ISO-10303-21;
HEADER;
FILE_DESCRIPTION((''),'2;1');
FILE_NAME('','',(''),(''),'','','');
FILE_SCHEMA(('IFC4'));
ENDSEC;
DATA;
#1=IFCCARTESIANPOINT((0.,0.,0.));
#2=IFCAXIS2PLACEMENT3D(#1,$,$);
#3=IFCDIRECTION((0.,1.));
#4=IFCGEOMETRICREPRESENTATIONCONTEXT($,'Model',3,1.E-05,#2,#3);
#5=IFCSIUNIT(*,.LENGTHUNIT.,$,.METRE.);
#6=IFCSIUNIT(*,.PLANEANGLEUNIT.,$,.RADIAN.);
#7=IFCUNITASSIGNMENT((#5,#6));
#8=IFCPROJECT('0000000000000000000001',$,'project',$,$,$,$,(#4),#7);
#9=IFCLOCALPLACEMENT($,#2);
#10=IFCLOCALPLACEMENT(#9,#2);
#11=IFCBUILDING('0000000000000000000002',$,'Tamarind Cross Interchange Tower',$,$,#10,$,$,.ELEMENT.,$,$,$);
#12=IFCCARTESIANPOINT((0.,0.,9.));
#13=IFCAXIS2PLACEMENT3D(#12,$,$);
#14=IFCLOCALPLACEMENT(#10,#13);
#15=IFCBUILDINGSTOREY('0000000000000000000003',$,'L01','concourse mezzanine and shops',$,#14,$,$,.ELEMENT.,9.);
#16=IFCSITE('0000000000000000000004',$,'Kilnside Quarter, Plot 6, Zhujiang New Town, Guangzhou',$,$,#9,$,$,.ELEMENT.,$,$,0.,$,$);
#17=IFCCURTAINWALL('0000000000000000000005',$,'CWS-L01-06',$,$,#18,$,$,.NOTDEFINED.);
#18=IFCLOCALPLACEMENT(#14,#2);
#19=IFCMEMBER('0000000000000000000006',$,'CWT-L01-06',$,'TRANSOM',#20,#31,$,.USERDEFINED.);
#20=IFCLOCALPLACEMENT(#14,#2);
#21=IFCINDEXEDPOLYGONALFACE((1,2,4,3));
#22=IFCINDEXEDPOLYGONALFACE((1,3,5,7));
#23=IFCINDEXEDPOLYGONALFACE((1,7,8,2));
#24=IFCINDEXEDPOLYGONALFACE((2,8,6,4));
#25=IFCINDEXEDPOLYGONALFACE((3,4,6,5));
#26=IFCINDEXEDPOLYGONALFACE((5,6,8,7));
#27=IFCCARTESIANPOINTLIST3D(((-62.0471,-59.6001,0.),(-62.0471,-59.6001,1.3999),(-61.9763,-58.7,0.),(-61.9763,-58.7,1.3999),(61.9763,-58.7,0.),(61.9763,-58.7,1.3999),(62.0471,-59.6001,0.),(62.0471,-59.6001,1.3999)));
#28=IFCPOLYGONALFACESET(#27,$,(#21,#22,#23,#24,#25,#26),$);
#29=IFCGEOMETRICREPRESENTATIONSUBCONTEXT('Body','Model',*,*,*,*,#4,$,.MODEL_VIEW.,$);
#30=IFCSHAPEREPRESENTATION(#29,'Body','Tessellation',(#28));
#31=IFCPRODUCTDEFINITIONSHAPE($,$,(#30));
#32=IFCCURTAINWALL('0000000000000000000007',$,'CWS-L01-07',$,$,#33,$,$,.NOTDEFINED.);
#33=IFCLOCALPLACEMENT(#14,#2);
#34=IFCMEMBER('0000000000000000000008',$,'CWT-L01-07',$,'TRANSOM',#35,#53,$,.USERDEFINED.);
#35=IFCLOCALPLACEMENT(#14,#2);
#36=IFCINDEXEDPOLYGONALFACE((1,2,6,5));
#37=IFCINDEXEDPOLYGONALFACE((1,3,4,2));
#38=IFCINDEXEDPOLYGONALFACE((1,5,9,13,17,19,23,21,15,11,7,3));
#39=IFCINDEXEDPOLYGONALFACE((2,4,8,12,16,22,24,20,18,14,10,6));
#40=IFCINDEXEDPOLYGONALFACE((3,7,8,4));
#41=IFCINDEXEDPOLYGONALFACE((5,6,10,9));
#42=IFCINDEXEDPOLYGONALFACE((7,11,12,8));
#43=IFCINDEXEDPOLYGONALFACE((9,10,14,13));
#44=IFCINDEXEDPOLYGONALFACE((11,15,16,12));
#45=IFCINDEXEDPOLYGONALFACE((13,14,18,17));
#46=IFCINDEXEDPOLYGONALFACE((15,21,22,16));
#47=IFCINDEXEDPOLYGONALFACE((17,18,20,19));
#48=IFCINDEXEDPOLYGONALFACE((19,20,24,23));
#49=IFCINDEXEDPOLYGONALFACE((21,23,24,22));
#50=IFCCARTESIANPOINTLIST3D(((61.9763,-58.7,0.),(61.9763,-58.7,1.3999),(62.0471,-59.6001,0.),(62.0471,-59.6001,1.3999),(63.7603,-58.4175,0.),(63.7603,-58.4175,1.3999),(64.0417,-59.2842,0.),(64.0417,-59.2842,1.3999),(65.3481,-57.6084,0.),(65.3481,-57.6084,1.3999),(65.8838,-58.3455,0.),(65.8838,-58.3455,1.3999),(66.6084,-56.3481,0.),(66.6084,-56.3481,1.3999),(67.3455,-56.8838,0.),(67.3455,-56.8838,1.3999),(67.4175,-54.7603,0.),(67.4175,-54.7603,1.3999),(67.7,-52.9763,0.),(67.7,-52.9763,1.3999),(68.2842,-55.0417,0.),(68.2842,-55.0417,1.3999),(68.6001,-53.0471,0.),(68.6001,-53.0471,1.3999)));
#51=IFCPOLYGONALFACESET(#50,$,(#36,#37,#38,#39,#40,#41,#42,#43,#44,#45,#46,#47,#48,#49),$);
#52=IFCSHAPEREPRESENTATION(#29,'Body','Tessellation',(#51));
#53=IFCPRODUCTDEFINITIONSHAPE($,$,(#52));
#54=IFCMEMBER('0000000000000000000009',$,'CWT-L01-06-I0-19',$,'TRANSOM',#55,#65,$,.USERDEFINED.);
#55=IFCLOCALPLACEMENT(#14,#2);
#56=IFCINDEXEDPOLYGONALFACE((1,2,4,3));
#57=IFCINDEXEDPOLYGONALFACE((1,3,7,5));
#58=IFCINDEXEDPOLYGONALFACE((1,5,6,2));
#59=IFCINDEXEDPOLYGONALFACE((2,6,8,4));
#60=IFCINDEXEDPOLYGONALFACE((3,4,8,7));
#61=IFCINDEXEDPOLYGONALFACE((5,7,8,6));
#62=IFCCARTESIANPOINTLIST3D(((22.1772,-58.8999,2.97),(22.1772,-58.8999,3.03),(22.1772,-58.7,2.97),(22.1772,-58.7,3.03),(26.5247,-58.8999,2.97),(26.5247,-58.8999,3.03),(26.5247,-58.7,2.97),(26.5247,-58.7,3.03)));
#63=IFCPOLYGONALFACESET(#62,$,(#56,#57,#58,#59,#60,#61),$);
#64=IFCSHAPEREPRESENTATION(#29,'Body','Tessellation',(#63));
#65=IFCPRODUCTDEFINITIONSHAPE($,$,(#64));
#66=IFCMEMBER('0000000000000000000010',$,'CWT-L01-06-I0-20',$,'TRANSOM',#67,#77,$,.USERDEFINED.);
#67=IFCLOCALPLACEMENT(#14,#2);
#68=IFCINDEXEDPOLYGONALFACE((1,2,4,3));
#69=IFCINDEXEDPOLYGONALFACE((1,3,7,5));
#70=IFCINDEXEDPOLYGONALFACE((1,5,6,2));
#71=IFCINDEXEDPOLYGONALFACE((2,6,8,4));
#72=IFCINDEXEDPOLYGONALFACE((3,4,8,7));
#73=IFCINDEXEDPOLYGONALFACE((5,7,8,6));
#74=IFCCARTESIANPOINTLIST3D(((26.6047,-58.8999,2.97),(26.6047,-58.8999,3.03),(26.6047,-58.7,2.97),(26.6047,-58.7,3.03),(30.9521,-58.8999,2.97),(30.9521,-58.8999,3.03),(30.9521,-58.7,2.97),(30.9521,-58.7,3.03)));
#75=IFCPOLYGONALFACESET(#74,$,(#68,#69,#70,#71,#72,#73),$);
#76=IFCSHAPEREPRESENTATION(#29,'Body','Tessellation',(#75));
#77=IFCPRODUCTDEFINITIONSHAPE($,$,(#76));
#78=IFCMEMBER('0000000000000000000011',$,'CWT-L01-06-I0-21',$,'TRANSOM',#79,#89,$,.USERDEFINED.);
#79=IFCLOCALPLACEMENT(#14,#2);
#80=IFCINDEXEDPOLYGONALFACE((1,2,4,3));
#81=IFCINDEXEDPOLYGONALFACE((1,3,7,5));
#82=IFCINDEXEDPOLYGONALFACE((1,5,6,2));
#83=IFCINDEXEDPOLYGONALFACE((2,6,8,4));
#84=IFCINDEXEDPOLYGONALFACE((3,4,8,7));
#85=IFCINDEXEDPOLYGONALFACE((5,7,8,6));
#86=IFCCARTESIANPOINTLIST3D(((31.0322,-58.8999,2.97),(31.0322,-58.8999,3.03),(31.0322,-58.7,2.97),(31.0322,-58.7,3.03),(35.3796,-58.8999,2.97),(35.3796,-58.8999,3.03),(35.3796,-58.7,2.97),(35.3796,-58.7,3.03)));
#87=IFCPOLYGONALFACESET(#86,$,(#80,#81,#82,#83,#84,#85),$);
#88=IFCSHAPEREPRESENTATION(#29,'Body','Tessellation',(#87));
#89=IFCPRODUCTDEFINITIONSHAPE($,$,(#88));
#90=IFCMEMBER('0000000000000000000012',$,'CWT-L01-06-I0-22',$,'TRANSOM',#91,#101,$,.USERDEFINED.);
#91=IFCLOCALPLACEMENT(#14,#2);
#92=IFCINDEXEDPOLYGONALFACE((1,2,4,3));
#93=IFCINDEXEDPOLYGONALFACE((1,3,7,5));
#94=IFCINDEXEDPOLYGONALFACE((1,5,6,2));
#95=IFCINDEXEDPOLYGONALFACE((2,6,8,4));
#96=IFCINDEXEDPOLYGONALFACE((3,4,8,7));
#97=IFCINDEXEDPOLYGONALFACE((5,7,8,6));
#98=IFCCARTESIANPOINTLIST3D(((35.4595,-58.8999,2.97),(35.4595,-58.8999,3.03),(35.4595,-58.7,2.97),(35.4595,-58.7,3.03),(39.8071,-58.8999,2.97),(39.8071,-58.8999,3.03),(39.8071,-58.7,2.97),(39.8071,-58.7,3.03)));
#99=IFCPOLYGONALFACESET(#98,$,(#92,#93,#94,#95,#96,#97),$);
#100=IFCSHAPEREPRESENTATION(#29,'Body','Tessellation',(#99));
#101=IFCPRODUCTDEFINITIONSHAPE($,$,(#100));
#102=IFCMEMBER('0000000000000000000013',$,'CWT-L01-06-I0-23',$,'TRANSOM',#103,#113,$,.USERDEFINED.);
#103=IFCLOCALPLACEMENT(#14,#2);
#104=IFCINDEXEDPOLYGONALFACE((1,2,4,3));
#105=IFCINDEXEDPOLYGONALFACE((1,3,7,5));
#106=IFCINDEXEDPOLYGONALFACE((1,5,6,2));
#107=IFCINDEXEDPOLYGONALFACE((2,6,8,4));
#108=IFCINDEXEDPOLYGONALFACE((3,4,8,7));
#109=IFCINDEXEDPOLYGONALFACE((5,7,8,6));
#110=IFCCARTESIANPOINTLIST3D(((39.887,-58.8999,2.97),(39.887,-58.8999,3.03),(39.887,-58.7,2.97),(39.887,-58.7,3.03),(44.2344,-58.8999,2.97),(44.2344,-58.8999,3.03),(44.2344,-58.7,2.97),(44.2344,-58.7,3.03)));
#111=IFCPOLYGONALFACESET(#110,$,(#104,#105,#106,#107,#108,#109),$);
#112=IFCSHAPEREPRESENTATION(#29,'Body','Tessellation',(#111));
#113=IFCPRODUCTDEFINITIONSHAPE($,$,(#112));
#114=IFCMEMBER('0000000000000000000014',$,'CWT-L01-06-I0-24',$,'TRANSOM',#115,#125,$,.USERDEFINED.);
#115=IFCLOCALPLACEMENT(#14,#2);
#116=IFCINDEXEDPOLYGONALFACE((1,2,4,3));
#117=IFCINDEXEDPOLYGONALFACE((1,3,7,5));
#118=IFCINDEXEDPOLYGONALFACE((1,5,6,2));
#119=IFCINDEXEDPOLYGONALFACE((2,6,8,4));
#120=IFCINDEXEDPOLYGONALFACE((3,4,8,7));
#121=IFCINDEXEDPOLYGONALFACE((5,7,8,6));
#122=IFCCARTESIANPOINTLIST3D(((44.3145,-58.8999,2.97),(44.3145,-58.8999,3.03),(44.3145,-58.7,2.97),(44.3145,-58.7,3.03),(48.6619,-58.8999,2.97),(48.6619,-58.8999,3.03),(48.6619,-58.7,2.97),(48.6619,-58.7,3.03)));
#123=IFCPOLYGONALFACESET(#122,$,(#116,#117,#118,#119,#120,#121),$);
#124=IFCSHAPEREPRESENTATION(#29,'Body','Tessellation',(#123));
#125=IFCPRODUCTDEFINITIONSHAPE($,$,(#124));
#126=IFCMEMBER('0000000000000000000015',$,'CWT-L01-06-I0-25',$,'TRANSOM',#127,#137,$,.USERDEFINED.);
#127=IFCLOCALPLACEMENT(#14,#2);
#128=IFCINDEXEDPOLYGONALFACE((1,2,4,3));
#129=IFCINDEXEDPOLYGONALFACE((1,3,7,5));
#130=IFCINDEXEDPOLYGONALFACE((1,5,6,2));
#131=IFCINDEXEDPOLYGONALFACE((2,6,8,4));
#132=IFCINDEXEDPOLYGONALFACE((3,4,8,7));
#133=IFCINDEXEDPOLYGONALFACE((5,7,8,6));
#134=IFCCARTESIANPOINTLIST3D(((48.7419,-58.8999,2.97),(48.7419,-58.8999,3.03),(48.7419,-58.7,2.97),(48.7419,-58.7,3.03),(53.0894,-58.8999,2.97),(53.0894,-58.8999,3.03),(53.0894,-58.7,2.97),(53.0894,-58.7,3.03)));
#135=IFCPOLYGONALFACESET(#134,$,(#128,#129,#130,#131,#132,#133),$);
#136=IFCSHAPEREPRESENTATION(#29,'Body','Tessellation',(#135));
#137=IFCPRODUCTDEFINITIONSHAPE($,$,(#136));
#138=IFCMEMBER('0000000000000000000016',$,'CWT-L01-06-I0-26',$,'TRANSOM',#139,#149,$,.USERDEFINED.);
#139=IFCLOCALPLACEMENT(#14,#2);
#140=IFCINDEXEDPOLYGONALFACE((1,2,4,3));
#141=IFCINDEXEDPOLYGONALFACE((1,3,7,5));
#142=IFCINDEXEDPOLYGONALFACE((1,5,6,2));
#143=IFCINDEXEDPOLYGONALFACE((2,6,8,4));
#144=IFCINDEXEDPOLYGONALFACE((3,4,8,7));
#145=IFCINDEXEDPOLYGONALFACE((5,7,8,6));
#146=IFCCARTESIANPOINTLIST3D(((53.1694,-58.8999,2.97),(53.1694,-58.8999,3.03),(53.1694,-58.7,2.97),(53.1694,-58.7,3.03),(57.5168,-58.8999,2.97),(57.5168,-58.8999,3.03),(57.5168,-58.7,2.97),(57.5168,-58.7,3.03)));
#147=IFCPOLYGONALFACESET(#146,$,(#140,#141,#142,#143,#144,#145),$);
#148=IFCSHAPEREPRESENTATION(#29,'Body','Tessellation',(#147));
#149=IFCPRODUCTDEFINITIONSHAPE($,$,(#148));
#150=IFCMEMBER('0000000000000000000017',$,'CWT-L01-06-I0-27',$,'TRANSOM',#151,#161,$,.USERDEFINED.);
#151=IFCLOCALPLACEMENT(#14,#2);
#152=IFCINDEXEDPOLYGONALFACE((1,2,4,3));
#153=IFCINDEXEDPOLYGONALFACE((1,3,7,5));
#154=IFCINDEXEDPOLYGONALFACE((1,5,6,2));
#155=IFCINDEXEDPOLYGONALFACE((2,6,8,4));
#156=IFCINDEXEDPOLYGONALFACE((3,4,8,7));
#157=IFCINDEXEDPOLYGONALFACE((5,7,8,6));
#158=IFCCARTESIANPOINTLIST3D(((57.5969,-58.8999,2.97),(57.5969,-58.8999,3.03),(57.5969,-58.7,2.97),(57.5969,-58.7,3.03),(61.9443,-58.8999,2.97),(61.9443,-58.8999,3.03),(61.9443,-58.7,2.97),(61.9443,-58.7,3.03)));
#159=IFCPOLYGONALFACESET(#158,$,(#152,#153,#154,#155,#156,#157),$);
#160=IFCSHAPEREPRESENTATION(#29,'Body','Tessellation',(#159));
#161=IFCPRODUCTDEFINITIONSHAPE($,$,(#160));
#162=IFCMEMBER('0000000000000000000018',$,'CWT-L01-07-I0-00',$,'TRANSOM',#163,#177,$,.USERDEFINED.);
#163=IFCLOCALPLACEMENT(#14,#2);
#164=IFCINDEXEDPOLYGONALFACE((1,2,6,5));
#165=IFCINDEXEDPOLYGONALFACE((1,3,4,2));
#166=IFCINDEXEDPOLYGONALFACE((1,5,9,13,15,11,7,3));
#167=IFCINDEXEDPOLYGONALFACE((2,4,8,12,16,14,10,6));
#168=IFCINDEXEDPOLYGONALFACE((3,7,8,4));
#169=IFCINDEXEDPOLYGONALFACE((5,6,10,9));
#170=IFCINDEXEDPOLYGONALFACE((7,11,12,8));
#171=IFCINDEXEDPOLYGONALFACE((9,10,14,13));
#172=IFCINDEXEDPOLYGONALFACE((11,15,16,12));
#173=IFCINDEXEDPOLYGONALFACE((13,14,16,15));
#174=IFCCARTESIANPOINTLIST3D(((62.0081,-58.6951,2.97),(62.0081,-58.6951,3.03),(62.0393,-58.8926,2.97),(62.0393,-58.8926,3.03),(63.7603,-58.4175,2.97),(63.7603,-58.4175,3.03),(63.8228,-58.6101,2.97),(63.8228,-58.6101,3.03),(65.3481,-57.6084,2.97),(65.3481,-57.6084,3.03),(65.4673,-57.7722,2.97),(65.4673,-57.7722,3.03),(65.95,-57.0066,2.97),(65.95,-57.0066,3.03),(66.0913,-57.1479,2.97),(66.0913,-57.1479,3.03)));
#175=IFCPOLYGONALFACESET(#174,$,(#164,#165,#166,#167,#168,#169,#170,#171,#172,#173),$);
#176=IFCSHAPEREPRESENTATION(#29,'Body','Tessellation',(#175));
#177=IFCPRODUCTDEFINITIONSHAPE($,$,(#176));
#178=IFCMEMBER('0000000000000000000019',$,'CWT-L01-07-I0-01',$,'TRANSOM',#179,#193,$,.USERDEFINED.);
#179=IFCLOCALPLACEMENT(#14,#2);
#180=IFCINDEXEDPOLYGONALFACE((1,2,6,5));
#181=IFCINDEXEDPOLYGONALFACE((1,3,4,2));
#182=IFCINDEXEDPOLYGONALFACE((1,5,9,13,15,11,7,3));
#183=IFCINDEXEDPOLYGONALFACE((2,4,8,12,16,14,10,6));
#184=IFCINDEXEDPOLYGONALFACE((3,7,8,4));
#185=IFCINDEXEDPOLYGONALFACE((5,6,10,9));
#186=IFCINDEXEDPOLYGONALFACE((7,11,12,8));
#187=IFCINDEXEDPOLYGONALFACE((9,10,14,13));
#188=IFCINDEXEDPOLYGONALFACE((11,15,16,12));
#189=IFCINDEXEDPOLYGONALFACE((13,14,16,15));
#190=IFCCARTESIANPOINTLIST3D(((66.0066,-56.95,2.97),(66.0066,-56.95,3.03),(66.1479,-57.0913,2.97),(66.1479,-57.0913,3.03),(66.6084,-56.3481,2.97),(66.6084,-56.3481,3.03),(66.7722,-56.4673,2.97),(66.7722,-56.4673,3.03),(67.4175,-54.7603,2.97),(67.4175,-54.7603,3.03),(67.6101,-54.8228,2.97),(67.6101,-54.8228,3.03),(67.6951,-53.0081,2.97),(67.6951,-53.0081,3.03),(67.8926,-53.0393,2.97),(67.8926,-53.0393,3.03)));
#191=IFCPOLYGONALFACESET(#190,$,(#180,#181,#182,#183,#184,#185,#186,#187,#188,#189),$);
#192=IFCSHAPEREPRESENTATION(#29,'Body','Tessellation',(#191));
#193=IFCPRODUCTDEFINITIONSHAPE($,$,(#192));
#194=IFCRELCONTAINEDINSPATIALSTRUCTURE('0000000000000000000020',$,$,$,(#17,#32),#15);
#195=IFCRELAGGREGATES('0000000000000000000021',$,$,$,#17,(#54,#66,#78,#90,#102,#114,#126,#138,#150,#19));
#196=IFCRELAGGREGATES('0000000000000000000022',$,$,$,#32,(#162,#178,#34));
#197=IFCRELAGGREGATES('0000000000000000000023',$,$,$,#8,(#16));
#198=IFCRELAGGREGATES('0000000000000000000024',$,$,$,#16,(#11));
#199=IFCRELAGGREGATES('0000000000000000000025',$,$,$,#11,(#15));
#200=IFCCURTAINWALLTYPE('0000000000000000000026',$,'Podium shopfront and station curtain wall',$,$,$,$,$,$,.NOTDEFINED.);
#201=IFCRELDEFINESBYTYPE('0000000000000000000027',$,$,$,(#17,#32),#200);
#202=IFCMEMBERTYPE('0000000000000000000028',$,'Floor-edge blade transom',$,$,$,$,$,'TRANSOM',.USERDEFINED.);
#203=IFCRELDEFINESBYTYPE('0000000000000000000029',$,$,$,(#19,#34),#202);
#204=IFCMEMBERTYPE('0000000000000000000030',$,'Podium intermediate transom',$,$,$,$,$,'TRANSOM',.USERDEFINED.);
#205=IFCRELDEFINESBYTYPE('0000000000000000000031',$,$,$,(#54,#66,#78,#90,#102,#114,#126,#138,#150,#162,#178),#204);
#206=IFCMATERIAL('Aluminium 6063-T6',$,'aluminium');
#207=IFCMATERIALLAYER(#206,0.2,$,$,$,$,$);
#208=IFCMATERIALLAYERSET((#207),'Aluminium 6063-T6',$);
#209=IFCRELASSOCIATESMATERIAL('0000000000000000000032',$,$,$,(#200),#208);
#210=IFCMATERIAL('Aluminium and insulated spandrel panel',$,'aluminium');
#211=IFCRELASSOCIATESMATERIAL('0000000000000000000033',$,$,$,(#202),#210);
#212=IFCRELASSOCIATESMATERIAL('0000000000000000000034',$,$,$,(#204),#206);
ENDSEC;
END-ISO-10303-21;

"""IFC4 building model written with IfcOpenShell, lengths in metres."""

from ifc_helpers import new_model, si_unit, direction, frame, origin, place, context, subcontext, project, spatial, polyline, outline, extrude, material, layer, layer_set, type_object, element, aggregate, save


model = new_model("IFC4")

# Units and contexts
model_context = context("Model", 3, precision=1e-05, world=origin(), true_north=direction((0.0, 1.0)))
body_context = subcontext(model_context, "Body", "Model", "MODEL_VIEW")
ifc_project = project(units=[si_unit("LENGTHUNIT", "METRE"), si_unit("PLANEANGLEUNIT", "RADIAN")], contexts=[model_context])

# Site, building, storey
site_placement = place(None, origin())
site = spatial("IfcSite", under=ifc_project, at=site_placement, Name="Kilnside Quarter, Plot 6, Zhujiang New Town, Guangzhou", CompositionType="ELEMENT", RefElevation=0.0)
building_placement = place(site_placement, origin())
building = spatial("IfcBuilding", under=site, at=building_placement, Name="Tamarind Cross Interchange Tower", CompositionType="ELEMENT")
storey_placement = place(building_placement, frame((0.0, 0.0, 9.0)))
storey = spatial("IfcBuildingStorey", under=building, at=storey_placement, Name="L01", Description="concourse mezzanine and shops", CompositionType="ELEMENT", Elevation=9.0)

# Curtain walls, members
ifc_material_1 = material(Name="Aluminium 6063-T6", Category="aluminium")
ifc_layer_1 = layer(ifc_material_1, 0.2)
ifc_layer_set_1 = layer_set([ifc_layer_1], Name="Aluminium 6063-T6")
curtain_wall_type = type_object("IfcCurtainWallType", Name="Podium shopfront and station curtain wall", PredefinedType="NOTDEFINED", material=ifc_layer_set_1)
curtain_wall_1_placement = place(storey_placement, origin())
curtain_wall_1 = element("IfcCurtainWall", 1, at=curtain_wall_1_placement, inside=storey, type_object=curtain_wall_type, Name="CWS-L01-06", PredefinedType="NOTDEFINED")
ifc_material_2 = material(Name="Aluminium and insulated spandrel panel", Category="aluminium")
member_type_1 = type_object("IfcMemberType", Name="Floor-edge blade transom", ElementType="TRANSOM", PredefinedType="USERDEFINED", material=ifc_material_2)
member_1_placement = place(storey_placement, origin())
member_1 = element("IfcMember", 2, at=member_1_placement, type_object=member_type_1, Name="CWT-L01-06", ObjectType="TRANSOM", PredefinedType="USERDEFINED", context=body_context, shape_type="SweptSolid", body=[
    extrude(outline(polyline([(-61.9763, -58.7), (61.9763, -58.7), (62.0471, -59.6001), (-62.0471, -59.6001), (-61.9763, -58.7)])), origin(), (0.0, 0.0, 1.0), 1.3999),
])
curtain_wall_2_placement = place(storey_placement, origin())
curtain_wall_2 = element("IfcCurtainWall", 3, at=curtain_wall_2_placement, inside=storey, type_object=curtain_wall_type, Name="CWS-L01-07", PredefinedType="NOTDEFINED")
member_2_placement = place(storey_placement, origin())
member_2 = element("IfcMember", 4, at=member_2_placement, type_object=member_type_1, Name="CWT-L01-07", ObjectType="TRANSOM", PredefinedType="USERDEFINED", context=body_context, shape_type="SweptSolid", body=[
    extrude(outline(polyline([(61.9763, -58.7), (63.7603, -58.4175), (65.3481, -57.6084), (66.6084, -56.3481), (67.4175, -54.7603), (67.7, -52.9763), (68.6001, -53.0471), (68.2842, -55.0417), (67.3455, -56.8838), (65.8838, -58.3455), (64.0417, -59.2842), (62.0471, -59.6001), (61.9763, -58.7)])), origin(), (0.0, 0.0, 1.0), 1.3999),
])

# Members
member_type_2 = type_object("IfcMemberType", Name="Podium intermediate transom", ElementType="TRANSOM", PredefinedType="USERDEFINED", material=ifc_material_1)
member_3_placement = place(storey_placement, frame((0.0, 0.0, 2.97)))
member_3 = element("IfcMember", 5, at=member_3_placement, type_object=member_type_2, Name="CWT-L01-06-I0-19", ObjectType="TRANSOM", PredefinedType="USERDEFINED", context=body_context, shape_type="SweptSolid", body=[
    extrude(outline(polyline([(22.1772, -58.7), (26.5247, -58.7), (26.5247, -58.8999), (22.1772, -58.8999), (22.1772, -58.7)])), origin(), (0.0, 0.0, 1.0), 0.0601),
])
member_4_placement = place(storey_placement, frame((0.0, 0.0, 2.97)))
member_4 = element("IfcMember", 6, at=member_4_placement, type_object=member_type_2, Name="CWT-L01-06-I0-20", ObjectType="TRANSOM", PredefinedType="USERDEFINED", context=body_context, shape_type="SweptSolid", body=[
    extrude(outline(polyline([(26.6047, -58.7), (30.9521, -58.7), (30.9521, -58.8999), (26.6047, -58.8999), (26.6047, -58.7)])), origin(), (0.0, 0.0, 1.0), 0.0601),
])
member_5_placement = place(storey_placement, frame((0.0, 0.0, 2.97)))
member_5 = element("IfcMember", 7, at=member_5_placement, type_object=member_type_2, Name="CWT-L01-06-I0-21", ObjectType="TRANSOM", PredefinedType="USERDEFINED", context=body_context, shape_type="SweptSolid", body=[
    extrude(outline(polyline([(31.0322, -58.7), (35.3796, -58.7), (35.3796, -58.8999), (31.0322, -58.8999), (31.0322, -58.7)])), origin(), (0.0, 0.0, 1.0), 0.0601),
])
member_6_placement = place(storey_placement, frame((0.0, 0.0, 2.97)))
member_6 = element("IfcMember", 8, at=member_6_placement, type_object=member_type_2, Name="CWT-L01-06-I0-22", ObjectType="TRANSOM", PredefinedType="USERDEFINED", context=body_context, shape_type="SweptSolid", body=[
    extrude(outline(polyline([(35.4595, -58.7), (39.8071, -58.7), (39.8071, -58.8999), (35.4595, -58.8999), (35.4595, -58.7)])), origin(), (0.0, 0.0, 1.0), 0.0601),
])
member_7_placement = place(storey_placement, frame((0.0, 0.0, 2.97)))
member_7 = element("IfcMember", 9, at=member_7_placement, type_object=member_type_2, Name="CWT-L01-06-I0-23", ObjectType="TRANSOM", PredefinedType="USERDEFINED", context=body_context, shape_type="SweptSolid", body=[
    extrude(outline(polyline([(39.887, -58.7), (44.2344, -58.7), (44.2344, -58.8999), (39.887, -58.8999), (39.887, -58.7)])), origin(), (0.0, 0.0, 1.0), 0.0601),
])
member_8_placement = place(storey_placement, frame((0.0, 0.0, 2.97)))
member_8 = element("IfcMember", 10, at=member_8_placement, type_object=member_type_2, Name="CWT-L01-06-I0-24", ObjectType="TRANSOM", PredefinedType="USERDEFINED", context=body_context, shape_type="SweptSolid", body=[
    extrude(outline(polyline([(44.3145, -58.7), (48.6619, -58.7), (48.6619, -58.8999), (44.3145, -58.8999), (44.3145, -58.7)])), origin(), (0.0, 0.0, 1.0), 0.0601),
])
member_9_placement = place(storey_placement, frame((0.0, 0.0, 2.97)))
member_9 = element("IfcMember", 11, at=member_9_placement, type_object=member_type_2, Name="CWT-L01-06-I0-25", ObjectType="TRANSOM", PredefinedType="USERDEFINED", context=body_context, shape_type="SweptSolid", body=[
    extrude(outline(polyline([(48.7419, -58.7), (53.0894, -58.7), (53.0894, -58.8999), (48.7419, -58.8999), (48.7419, -58.7)])), origin(), (0.0, 0.0, 1.0), 0.0601),
])
member_10_placement = place(storey_placement, frame((0.0, 0.0, 2.97)))
member_10 = element("IfcMember", 12, at=member_10_placement, type_object=member_type_2, Name="CWT-L01-06-I0-26", ObjectType="TRANSOM", PredefinedType="USERDEFINED", context=body_context, shape_type="SweptSolid", body=[
    extrude(outline(polyline([(53.1694, -58.7), (57.5168, -58.7), (57.5168, -58.8999), (53.1694, -58.8999), (53.1694, -58.7)])), origin(), (0.0, 0.0, 1.0), 0.0601),
])
member_11_placement = place(storey_placement, frame((0.0, 0.0, 2.97)))
member_11 = element("IfcMember", 13, at=member_11_placement, type_object=member_type_2, Name="CWT-L01-06-I0-27", ObjectType="TRANSOM", PredefinedType="USERDEFINED", context=body_context, shape_type="SweptSolid", body=[
    extrude(outline(polyline([(57.5969, -58.7), (61.9443, -58.7), (61.9443, -58.8999), (57.5969, -58.8999), (57.5969, -58.7)])), origin(), (0.0, 0.0, 1.0), 0.0601),
])
aggregate(curtain_wall_1, [member_3, member_4, member_5, member_6, member_7, member_8, member_9, member_10, member_11, member_1])
member_12_placement = place(storey_placement, frame((0.0, 0.0, 2.97)))
member_12 = element("IfcMember", 14, at=member_12_placement, type_object=member_type_2, Name="CWT-L01-07-I0-00", ObjectType="TRANSOM", PredefinedType="USERDEFINED", context=body_context, shape_type="SweptSolid", body=[
    extrude(outline(polyline([(62.0081, -58.6951), (63.7603, -58.4175), (65.3481, -57.6084), (65.95, -57.0066), (66.0913, -57.1479), (65.4673, -57.7722), (63.8228, -58.6101), (62.0393, -58.8926), (62.0081, -58.6951)])), origin(), (0.0, 0.0, 1.0), 0.0601),
])
member_13_placement = place(storey_placement, frame((0.0, 0.0, 2.97)))
member_13 = element("IfcMember", 15, at=member_13_placement, type_object=member_type_2, Name="CWT-L01-07-I0-01", ObjectType="TRANSOM", PredefinedType="USERDEFINED", context=body_context, shape_type="SweptSolid", body=[
    extrude(outline(polyline([(66.0066, -56.95), (66.6084, -56.3481), (67.4175, -54.7603), (67.6951, -53.0081), (67.8926, -53.0393), (67.6101, -54.8228), (66.7722, -56.4673), (66.1479, -57.0913), (66.0066, -56.95)])), origin(), (0.0, 0.0, 1.0), 0.0601),
])

aggregate(curtain_wall_2, [member_12, member_13, member_2])

save(model, "model.ifc")
